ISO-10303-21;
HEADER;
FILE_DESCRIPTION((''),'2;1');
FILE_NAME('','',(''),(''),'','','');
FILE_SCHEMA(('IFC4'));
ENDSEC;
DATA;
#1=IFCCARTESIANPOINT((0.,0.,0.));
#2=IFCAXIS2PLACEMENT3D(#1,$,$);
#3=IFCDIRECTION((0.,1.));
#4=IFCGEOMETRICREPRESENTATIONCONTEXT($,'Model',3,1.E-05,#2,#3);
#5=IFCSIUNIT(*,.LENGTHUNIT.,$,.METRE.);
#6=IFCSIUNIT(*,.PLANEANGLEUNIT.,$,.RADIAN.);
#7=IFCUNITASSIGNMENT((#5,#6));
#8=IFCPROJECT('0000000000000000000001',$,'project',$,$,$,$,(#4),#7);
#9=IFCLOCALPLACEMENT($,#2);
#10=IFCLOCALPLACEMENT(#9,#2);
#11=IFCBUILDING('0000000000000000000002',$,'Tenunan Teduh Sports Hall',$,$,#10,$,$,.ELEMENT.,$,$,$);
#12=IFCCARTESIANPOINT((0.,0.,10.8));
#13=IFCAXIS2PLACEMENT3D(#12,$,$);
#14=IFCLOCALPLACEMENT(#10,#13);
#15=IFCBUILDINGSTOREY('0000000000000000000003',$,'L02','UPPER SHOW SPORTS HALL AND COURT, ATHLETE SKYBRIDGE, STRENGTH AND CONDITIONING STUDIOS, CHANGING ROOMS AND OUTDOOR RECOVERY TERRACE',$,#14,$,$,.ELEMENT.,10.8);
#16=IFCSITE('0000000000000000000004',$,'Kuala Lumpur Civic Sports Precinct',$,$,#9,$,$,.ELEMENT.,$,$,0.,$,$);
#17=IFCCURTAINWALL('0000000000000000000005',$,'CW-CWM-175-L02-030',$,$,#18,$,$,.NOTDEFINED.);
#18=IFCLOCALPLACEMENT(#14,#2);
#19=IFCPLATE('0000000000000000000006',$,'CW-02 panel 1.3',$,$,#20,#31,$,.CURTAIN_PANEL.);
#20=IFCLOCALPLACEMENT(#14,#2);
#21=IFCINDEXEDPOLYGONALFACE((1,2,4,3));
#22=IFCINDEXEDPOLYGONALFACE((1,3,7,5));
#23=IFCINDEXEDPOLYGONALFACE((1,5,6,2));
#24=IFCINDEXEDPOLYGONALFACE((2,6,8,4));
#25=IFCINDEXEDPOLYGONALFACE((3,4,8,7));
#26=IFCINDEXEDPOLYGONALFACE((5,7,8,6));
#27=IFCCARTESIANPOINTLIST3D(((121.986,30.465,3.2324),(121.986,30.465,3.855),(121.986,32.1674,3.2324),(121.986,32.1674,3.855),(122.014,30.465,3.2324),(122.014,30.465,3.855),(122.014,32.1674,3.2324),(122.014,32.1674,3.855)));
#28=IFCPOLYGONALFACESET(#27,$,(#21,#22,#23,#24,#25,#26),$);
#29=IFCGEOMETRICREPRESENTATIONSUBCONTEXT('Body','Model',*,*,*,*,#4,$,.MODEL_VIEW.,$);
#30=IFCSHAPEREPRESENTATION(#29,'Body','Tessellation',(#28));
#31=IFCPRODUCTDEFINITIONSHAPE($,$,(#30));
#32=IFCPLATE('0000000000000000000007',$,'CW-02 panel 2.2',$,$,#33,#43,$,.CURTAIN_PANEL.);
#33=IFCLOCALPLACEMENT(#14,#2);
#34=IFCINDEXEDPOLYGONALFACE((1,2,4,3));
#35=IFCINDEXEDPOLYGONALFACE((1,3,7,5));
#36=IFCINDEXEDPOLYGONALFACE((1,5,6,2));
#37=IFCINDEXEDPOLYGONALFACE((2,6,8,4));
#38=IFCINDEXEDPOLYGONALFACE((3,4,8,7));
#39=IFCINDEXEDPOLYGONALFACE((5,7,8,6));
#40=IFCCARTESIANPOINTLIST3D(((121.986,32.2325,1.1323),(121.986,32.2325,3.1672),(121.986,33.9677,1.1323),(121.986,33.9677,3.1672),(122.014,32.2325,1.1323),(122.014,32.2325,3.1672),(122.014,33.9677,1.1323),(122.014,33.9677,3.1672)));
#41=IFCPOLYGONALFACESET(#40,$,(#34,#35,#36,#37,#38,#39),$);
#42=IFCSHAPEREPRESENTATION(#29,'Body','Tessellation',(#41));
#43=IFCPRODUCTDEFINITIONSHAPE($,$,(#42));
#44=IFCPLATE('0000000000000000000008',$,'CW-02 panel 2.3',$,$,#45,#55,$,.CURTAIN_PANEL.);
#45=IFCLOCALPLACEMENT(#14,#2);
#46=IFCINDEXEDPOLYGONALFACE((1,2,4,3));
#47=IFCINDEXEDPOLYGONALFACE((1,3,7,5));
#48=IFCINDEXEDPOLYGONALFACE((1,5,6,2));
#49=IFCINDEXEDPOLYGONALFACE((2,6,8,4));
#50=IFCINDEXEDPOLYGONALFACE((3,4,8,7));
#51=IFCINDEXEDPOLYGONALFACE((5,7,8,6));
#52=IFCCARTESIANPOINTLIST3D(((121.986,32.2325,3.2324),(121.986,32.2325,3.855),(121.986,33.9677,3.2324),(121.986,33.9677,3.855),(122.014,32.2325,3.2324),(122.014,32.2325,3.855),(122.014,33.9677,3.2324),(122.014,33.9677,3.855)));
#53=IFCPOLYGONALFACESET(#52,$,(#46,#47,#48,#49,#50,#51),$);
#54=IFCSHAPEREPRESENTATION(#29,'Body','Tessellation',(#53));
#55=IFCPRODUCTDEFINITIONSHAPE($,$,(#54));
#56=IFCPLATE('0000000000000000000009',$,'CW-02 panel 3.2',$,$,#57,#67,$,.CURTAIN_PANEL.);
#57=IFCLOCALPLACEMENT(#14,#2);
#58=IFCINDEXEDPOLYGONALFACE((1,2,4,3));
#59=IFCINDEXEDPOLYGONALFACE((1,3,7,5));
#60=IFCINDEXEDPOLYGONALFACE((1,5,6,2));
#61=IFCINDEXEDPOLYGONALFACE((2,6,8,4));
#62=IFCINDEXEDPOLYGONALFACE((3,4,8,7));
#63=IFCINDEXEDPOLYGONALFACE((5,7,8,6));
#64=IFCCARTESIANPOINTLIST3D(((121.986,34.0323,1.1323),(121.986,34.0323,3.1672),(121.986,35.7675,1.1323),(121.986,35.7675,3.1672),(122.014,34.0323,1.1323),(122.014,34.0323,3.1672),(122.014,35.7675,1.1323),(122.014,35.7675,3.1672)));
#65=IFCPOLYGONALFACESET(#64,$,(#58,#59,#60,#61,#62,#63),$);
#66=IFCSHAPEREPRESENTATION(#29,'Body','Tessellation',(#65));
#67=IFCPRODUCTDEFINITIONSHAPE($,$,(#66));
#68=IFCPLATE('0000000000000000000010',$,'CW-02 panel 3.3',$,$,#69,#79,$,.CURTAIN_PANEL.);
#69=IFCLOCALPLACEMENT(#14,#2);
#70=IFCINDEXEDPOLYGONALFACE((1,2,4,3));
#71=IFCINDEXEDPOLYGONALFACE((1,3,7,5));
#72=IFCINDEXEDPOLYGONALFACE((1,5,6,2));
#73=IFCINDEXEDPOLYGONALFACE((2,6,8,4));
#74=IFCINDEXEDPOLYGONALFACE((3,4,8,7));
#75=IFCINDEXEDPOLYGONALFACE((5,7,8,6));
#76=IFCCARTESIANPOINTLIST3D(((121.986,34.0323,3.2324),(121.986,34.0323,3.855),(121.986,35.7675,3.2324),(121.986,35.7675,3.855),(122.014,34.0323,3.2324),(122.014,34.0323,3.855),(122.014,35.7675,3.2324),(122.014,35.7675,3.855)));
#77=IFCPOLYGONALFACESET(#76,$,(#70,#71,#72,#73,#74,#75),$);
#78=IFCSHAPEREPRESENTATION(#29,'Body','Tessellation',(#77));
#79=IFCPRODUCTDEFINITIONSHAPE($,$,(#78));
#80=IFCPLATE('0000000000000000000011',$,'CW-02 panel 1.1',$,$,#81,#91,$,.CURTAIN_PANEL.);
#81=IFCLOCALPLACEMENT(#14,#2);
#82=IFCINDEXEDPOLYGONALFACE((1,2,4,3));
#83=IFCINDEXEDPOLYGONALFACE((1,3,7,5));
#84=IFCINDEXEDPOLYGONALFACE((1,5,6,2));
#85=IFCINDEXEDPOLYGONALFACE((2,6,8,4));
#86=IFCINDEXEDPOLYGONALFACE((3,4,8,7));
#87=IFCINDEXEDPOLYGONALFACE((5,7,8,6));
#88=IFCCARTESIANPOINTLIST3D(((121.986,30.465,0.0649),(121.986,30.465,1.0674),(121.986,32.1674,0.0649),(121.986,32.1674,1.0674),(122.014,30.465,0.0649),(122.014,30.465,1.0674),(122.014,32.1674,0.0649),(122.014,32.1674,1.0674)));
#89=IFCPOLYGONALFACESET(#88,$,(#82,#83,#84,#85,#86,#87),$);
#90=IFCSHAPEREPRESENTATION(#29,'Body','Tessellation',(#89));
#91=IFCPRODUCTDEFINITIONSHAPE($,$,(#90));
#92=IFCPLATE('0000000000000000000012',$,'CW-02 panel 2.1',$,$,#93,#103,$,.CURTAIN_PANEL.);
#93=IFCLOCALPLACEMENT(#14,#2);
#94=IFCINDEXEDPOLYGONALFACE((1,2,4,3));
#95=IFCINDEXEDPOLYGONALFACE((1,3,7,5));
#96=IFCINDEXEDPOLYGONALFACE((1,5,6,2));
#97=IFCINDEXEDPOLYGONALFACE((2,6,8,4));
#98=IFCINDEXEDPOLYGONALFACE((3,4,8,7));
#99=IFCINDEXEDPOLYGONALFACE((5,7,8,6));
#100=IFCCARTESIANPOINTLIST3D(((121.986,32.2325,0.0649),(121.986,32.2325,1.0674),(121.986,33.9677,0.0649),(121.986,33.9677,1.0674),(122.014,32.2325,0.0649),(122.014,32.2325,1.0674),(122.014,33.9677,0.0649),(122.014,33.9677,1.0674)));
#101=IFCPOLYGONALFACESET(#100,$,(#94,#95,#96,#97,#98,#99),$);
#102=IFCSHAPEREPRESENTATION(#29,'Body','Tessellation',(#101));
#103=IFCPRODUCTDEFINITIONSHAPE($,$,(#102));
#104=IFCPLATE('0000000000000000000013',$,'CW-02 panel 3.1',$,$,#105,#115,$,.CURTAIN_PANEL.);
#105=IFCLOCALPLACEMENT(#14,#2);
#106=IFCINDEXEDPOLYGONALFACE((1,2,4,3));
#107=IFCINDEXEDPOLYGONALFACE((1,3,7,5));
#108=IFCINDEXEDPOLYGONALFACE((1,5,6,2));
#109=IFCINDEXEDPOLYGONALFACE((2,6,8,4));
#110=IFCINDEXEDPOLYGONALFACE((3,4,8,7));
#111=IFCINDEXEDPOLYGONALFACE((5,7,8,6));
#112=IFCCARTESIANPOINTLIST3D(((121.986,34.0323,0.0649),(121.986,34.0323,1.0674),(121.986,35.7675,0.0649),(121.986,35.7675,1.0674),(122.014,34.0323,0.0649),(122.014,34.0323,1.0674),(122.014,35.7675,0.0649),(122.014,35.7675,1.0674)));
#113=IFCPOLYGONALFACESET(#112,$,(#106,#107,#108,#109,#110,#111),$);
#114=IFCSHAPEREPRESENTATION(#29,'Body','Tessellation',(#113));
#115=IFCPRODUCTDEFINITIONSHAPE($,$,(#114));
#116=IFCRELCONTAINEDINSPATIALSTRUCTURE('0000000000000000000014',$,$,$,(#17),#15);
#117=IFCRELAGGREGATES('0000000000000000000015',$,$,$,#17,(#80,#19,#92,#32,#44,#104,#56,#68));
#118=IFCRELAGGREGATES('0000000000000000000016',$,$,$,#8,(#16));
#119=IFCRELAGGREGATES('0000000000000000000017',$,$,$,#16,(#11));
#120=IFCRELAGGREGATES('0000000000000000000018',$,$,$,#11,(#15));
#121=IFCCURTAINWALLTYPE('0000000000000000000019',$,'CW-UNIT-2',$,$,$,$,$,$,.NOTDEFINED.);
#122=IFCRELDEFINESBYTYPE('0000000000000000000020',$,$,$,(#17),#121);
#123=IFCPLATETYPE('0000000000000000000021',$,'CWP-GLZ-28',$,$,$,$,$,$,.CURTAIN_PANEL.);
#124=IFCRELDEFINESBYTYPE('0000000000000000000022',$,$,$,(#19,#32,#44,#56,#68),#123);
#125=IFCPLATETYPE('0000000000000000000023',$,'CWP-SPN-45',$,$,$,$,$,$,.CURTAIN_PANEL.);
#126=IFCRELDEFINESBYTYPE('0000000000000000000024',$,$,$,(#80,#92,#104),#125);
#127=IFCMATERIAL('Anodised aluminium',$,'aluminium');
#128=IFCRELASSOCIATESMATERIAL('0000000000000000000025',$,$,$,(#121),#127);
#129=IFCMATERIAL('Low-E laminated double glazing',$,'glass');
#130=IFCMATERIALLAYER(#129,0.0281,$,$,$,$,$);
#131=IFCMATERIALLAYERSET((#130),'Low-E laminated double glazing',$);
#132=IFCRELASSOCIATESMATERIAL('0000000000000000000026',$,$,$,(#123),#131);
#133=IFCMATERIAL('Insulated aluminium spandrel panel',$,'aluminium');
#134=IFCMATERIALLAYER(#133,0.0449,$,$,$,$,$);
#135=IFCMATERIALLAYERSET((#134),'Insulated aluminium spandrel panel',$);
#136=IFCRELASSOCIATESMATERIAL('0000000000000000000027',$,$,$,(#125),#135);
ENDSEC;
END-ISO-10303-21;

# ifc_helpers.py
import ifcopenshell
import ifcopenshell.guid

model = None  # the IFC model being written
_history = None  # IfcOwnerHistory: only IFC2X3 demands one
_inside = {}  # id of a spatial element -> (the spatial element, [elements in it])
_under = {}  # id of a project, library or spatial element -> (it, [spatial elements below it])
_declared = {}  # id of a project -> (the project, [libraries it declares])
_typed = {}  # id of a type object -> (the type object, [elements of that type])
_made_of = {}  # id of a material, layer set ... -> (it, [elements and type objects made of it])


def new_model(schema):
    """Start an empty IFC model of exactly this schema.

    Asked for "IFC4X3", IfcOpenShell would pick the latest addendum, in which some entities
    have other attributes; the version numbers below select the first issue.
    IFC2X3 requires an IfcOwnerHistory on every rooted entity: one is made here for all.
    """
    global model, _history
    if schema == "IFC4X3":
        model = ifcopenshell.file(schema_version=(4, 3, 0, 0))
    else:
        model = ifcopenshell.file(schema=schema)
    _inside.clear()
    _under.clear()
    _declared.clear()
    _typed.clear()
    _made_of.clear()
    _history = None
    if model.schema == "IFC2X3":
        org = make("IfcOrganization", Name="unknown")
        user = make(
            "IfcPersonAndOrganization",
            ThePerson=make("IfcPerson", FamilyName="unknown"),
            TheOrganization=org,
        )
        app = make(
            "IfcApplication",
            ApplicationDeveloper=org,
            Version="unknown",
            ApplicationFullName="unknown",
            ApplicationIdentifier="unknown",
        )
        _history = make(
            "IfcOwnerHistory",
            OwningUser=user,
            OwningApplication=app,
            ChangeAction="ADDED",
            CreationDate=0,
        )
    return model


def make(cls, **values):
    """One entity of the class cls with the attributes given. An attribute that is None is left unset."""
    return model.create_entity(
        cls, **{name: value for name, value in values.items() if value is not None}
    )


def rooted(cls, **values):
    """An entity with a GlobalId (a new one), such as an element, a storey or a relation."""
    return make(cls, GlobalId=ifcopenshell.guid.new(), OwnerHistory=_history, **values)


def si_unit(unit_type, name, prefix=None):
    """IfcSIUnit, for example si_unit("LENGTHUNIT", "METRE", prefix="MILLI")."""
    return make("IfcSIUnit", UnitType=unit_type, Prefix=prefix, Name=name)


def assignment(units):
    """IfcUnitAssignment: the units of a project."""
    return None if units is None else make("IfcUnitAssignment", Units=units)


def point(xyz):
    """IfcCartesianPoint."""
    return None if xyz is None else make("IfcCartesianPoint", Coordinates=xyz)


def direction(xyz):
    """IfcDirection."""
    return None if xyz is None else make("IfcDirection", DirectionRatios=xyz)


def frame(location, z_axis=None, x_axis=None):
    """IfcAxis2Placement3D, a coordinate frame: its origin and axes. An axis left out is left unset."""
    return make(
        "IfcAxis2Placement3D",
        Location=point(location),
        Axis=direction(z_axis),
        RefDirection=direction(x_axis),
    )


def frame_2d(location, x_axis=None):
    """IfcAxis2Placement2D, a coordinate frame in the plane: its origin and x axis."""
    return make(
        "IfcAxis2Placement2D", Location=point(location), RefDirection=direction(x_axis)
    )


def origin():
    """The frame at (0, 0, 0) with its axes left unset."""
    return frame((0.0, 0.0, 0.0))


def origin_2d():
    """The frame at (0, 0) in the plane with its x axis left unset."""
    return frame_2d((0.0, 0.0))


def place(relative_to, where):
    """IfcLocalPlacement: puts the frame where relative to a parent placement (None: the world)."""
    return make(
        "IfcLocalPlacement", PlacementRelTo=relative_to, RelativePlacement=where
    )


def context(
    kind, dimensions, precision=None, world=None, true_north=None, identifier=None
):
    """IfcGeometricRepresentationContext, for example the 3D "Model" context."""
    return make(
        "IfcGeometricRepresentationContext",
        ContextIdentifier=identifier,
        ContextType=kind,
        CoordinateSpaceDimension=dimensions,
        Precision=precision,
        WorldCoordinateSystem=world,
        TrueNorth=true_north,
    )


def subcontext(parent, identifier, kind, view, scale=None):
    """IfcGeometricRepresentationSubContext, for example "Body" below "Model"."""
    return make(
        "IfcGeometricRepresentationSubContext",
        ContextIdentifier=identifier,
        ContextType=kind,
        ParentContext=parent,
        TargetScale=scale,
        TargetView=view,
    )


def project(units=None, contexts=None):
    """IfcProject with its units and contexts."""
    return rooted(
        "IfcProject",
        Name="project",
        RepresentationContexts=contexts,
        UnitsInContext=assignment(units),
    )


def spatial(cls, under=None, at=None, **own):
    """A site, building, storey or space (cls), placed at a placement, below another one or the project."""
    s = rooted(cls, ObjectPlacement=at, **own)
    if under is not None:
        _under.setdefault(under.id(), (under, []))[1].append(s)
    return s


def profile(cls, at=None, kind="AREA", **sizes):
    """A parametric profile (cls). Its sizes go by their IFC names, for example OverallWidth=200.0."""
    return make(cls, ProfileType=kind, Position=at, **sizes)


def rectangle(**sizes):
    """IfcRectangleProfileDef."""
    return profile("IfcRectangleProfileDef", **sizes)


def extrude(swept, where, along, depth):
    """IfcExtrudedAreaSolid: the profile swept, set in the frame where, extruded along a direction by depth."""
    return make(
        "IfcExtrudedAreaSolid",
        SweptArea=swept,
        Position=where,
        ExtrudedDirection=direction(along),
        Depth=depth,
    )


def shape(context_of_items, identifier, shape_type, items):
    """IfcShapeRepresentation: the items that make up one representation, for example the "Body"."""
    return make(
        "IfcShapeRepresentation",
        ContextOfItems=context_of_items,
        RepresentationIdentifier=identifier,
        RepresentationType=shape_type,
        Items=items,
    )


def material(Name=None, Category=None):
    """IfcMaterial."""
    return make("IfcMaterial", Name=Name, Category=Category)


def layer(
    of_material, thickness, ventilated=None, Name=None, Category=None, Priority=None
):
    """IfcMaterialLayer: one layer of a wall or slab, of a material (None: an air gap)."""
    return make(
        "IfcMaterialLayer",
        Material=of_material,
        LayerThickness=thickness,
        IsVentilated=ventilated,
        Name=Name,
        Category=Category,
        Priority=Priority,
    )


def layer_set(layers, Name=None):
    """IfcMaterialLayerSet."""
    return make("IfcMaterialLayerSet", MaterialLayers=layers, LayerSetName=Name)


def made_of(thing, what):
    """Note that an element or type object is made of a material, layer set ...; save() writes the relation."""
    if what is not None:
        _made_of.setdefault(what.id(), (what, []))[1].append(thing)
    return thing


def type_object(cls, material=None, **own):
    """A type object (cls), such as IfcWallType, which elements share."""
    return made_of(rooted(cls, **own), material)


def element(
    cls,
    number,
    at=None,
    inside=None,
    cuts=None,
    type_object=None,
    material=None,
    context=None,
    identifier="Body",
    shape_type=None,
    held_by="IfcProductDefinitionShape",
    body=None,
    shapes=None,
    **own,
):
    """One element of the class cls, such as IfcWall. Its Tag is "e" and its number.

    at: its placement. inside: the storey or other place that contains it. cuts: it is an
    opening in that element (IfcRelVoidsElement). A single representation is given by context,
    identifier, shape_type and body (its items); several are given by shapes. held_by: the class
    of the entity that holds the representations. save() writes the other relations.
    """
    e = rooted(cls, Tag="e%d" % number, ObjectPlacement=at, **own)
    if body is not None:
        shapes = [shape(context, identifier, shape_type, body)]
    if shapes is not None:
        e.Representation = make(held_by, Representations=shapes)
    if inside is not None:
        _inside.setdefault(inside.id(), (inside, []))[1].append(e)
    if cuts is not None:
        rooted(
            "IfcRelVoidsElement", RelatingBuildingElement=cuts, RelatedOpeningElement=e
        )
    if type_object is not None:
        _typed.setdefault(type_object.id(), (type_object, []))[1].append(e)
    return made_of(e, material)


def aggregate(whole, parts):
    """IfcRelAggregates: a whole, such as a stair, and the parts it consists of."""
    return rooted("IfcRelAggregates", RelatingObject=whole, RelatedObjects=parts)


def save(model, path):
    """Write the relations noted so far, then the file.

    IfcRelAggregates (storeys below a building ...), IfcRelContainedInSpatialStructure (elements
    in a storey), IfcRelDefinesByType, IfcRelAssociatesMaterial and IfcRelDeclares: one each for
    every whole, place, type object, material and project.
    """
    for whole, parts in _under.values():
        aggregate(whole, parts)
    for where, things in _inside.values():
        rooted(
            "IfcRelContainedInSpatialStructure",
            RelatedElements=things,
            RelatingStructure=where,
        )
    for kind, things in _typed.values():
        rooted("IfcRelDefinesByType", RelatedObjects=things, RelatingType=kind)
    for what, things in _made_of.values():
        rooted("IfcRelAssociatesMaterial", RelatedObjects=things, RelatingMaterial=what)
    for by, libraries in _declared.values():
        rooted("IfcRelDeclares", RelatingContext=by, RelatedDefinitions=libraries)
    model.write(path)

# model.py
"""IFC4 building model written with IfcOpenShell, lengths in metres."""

from ifc_helpers import new_model, si_unit, direction, frame, origin, origin_2d, place, context, subcontext, project, spatial, rectangle, extrude, material, layer, layer_set, type_object, element, aggregate, save


model = new_model("IFC4")

# Units and contexts
model_context = context("Model", 3, precision=1e-05, world=origin(), true_north=direction((0.0, 1.0)))
body_context = subcontext(model_context, "Body", "Model", "MODEL_VIEW")
ifc_project = project(units=[si_unit("LENGTHUNIT", "METRE"), si_unit("PLANEANGLEUNIT", "RADIAN")], contexts=[model_context])

# Site, building, storey
site_placement = place(None, origin())
site = spatial("IfcSite", under=ifc_project, at=site_placement, Name="Kuala Lumpur Civic Sports Precinct", CompositionType="ELEMENT", RefElevation=0.0)
building_placement = place(site_placement, origin())
building = spatial("IfcBuilding", under=site, at=building_placement, Name="Tenunan Teduh Sports Hall", CompositionType="ELEMENT")
storey_placement = place(building_placement, frame((0.0, 0.0, 10.8)))
storey = spatial("IfcBuildingStorey", under=building, at=storey_placement, Name="L02", Description="UPPER SHOW SPORTS HALL AND COURT, ATHLETE SKYBRIDGE, STRENGTH AND CONDITIONING STUDIOS, CHANGING ROOMS AND OUTDOOR RECOVERY TERRACE", CompositionType="ELEMENT", Elevation=10.8)

# Curtain wall, plates
ifc_material_1 = material(Name="Anodised aluminium", Category="aluminium")
curtain_wall_type = type_object("IfcCurtainWallType", Name="CW-UNIT-2", PredefinedType="NOTDEFINED", material=ifc_material_1)
curtain_wall_placement = place(storey_placement, origin())
curtain_wall = element("IfcCurtainWall", 1, at=curtain_wall_placement, inside=storey, type_object=curtain_wall_type, Name="CW-CWM-175-L02-030", PredefinedType="NOTDEFINED")
ifc_material_2 = material(Name="Low-E laminated double glazing", Category="glass")
ifc_layer_1 = layer(ifc_material_2, 0.0281)
ifc_layer_set_1 = layer_set([ifc_layer_1], Name="Low-E laminated double glazing")
plate_type_1 = type_object("IfcPlateType", Name="CWP-GLZ-28", PredefinedType="CURTAIN_PANEL", material=ifc_layer_set_1)
plate_1_placement = place(storey_placement, frame((122.0, 31.3162, 3.2324), z_axis=(0.0, 0.0, 1.0), x_axis=(0.0, 1.0, 0.0)))
plate_1 = element("IfcPlate", 2, at=plate_1_placement, type_object=plate_type_1, Name="CW-02 panel 1.3", PredefinedType="CURTAIN_PANEL", context=body_context, shape_type="SweptSolid", body=[
    extrude(rectangle(XDim=1.7024, YDim=0.0281, at=origin_2d()), origin(), (0.0, 0.0, 1.0), 0.6226),
])
plate_2_placement = place(storey_placement, frame((122.0, 33.1001, 1.1323), z_axis=(0.0, 0.0, 1.0), x_axis=(0.0, 1.0, 0.0)))
plate_2 = element("IfcPlate", 3, at=plate_2_placement, type_object=plate_type_1, Name="CW-02 panel 2.2", PredefinedType="CURTAIN_PANEL", context=body_context, shape_type="SweptSolid", body=[
    extrude(rectangle(XDim=1.7351, YDim=0.0281, at=origin_2d()), origin(), (0.0, 0.0, 1.0), 2.0349),
])
plate_3_placement = place(storey_placement, frame((122.0, 33.1001, 3.2324), z_axis=(0.0, 0.0, 1.0), x_axis=(0.0, 1.0, 0.0)))
plate_3 = element("IfcPlate", 4, at=plate_3_placement, type_object=plate_type_1, Name="CW-02 panel 2.3", PredefinedType="CURTAIN_PANEL", context=body_context, shape_type="SweptSolid", body=[
    extrude(rectangle(XDim=1.7351, YDim=0.0281, at=origin_2d()), origin(), (0.0, 0.0, 1.0), 0.6226),
])
plate_4_placement = place(storey_placement, frame((122.0, 34.8999, 1.1323), z_axis=(0.0, 0.0, 1.0), x_axis=(0.0, 1.0, 0.0)))
plate_4 = element("IfcPlate", 5, at=plate_4_placement, type_object=plate_type_1, Name="CW-02 panel 3.2", PredefinedType="CURTAIN_PANEL", context=body_context, shape_type="SweptSolid", body=[
    extrude(rectangle(XDim=1.7351, YDim=0.0281, at=origin_2d()), origin(), (0.0, 0.0, 1.0), 2.0349),
])
plate_5_placement = place(storey_placement, frame((122.0, 34.8999, 3.2324), z_axis=(0.0, 0.0, 1.0), x_axis=(0.0, 1.0, 0.0)))
plate_5 = element("IfcPlate", 6, at=plate_5_placement, type_object=plate_type_1, Name="CW-02 panel 3.3", PredefinedType="CURTAIN_PANEL", context=body_context, shape_type="SweptSolid", body=[
    extrude(rectangle(XDim=1.7351, YDim=0.0281, at=origin_2d()), origin(), (0.0, 0.0, 1.0), 0.6226),
])
ifc_material_3 = material(Name="Insulated aluminium spandrel panel", Category="aluminium")
ifc_layer_2 = layer(ifc_material_3, 0.0449)
ifc_layer_set_2 = layer_set([ifc_layer_2], Name="Insulated aluminium spandrel panel")
plate_type_2 = type_object("IfcPlateType", Name="CWP-SPN-45", PredefinedType="CURTAIN_PANEL", material=ifc_layer_set_2)
plate_6_placement = place(storey_placement, frame((122.0, 31.3162, 0.0649), z_axis=(0.0, 0.0, 1.0), x_axis=(0.0, 1.0, 0.0)))
plate_6 = element("IfcPlate", 7, at=plate_6_placement, type_object=plate_type_2, Name="CW-02 panel 1.1", PredefinedType="CURTAIN_PANEL", context=body_context, shape_type="SweptSolid", body=[
    extrude(rectangle(XDim=1.7024, YDim=0.0281, at=origin_2d()), origin(), (0.0, 0.0, 1.0), 1.0024),
])
plate_7_placement = place(storey_placement, frame((122.0, 33.1001, 0.0649), z_axis=(0.0, 0.0, 1.0), x_axis=(0.0, 1.0, 0.0)))
plate_7 = element("IfcPlate", 8, at=plate_7_placement, type_object=plate_type_2, Name="CW-02 panel 2.1", PredefinedType="CURTAIN_PANEL", context=body_context, shape_type="SweptSolid", body=[
    extrude(rectangle(XDim=1.7351, YDim=0.0281, at=origin_2d()), origin(), (0.0, 0.0, 1.0), 1.0024),
])
plate_8_placement = place(storey_placement, frame((122.0, 34.8999, 0.0649), z_axis=(0.0, 0.0, 1.0), x_axis=(0.0, 1.0, 0.0)))
plate_8 = element("IfcPlate", 9, at=plate_8_placement, type_object=plate_type_2, Name="CW-02 panel 3.1", PredefinedType="CURTAIN_PANEL", context=body_context, shape_type="SweptSolid", body=[
    extrude(rectangle(XDim=1.7351, YDim=0.0281, at=origin_2d()), origin(), (0.0, 0.0, 1.0), 1.0024),
])
aggregate(curtain_wall, [plate_6, plate_1, plate_7, plate_2, plate_3, plate_8, plate_4, plate_5])

save(model, "model.ifc")
